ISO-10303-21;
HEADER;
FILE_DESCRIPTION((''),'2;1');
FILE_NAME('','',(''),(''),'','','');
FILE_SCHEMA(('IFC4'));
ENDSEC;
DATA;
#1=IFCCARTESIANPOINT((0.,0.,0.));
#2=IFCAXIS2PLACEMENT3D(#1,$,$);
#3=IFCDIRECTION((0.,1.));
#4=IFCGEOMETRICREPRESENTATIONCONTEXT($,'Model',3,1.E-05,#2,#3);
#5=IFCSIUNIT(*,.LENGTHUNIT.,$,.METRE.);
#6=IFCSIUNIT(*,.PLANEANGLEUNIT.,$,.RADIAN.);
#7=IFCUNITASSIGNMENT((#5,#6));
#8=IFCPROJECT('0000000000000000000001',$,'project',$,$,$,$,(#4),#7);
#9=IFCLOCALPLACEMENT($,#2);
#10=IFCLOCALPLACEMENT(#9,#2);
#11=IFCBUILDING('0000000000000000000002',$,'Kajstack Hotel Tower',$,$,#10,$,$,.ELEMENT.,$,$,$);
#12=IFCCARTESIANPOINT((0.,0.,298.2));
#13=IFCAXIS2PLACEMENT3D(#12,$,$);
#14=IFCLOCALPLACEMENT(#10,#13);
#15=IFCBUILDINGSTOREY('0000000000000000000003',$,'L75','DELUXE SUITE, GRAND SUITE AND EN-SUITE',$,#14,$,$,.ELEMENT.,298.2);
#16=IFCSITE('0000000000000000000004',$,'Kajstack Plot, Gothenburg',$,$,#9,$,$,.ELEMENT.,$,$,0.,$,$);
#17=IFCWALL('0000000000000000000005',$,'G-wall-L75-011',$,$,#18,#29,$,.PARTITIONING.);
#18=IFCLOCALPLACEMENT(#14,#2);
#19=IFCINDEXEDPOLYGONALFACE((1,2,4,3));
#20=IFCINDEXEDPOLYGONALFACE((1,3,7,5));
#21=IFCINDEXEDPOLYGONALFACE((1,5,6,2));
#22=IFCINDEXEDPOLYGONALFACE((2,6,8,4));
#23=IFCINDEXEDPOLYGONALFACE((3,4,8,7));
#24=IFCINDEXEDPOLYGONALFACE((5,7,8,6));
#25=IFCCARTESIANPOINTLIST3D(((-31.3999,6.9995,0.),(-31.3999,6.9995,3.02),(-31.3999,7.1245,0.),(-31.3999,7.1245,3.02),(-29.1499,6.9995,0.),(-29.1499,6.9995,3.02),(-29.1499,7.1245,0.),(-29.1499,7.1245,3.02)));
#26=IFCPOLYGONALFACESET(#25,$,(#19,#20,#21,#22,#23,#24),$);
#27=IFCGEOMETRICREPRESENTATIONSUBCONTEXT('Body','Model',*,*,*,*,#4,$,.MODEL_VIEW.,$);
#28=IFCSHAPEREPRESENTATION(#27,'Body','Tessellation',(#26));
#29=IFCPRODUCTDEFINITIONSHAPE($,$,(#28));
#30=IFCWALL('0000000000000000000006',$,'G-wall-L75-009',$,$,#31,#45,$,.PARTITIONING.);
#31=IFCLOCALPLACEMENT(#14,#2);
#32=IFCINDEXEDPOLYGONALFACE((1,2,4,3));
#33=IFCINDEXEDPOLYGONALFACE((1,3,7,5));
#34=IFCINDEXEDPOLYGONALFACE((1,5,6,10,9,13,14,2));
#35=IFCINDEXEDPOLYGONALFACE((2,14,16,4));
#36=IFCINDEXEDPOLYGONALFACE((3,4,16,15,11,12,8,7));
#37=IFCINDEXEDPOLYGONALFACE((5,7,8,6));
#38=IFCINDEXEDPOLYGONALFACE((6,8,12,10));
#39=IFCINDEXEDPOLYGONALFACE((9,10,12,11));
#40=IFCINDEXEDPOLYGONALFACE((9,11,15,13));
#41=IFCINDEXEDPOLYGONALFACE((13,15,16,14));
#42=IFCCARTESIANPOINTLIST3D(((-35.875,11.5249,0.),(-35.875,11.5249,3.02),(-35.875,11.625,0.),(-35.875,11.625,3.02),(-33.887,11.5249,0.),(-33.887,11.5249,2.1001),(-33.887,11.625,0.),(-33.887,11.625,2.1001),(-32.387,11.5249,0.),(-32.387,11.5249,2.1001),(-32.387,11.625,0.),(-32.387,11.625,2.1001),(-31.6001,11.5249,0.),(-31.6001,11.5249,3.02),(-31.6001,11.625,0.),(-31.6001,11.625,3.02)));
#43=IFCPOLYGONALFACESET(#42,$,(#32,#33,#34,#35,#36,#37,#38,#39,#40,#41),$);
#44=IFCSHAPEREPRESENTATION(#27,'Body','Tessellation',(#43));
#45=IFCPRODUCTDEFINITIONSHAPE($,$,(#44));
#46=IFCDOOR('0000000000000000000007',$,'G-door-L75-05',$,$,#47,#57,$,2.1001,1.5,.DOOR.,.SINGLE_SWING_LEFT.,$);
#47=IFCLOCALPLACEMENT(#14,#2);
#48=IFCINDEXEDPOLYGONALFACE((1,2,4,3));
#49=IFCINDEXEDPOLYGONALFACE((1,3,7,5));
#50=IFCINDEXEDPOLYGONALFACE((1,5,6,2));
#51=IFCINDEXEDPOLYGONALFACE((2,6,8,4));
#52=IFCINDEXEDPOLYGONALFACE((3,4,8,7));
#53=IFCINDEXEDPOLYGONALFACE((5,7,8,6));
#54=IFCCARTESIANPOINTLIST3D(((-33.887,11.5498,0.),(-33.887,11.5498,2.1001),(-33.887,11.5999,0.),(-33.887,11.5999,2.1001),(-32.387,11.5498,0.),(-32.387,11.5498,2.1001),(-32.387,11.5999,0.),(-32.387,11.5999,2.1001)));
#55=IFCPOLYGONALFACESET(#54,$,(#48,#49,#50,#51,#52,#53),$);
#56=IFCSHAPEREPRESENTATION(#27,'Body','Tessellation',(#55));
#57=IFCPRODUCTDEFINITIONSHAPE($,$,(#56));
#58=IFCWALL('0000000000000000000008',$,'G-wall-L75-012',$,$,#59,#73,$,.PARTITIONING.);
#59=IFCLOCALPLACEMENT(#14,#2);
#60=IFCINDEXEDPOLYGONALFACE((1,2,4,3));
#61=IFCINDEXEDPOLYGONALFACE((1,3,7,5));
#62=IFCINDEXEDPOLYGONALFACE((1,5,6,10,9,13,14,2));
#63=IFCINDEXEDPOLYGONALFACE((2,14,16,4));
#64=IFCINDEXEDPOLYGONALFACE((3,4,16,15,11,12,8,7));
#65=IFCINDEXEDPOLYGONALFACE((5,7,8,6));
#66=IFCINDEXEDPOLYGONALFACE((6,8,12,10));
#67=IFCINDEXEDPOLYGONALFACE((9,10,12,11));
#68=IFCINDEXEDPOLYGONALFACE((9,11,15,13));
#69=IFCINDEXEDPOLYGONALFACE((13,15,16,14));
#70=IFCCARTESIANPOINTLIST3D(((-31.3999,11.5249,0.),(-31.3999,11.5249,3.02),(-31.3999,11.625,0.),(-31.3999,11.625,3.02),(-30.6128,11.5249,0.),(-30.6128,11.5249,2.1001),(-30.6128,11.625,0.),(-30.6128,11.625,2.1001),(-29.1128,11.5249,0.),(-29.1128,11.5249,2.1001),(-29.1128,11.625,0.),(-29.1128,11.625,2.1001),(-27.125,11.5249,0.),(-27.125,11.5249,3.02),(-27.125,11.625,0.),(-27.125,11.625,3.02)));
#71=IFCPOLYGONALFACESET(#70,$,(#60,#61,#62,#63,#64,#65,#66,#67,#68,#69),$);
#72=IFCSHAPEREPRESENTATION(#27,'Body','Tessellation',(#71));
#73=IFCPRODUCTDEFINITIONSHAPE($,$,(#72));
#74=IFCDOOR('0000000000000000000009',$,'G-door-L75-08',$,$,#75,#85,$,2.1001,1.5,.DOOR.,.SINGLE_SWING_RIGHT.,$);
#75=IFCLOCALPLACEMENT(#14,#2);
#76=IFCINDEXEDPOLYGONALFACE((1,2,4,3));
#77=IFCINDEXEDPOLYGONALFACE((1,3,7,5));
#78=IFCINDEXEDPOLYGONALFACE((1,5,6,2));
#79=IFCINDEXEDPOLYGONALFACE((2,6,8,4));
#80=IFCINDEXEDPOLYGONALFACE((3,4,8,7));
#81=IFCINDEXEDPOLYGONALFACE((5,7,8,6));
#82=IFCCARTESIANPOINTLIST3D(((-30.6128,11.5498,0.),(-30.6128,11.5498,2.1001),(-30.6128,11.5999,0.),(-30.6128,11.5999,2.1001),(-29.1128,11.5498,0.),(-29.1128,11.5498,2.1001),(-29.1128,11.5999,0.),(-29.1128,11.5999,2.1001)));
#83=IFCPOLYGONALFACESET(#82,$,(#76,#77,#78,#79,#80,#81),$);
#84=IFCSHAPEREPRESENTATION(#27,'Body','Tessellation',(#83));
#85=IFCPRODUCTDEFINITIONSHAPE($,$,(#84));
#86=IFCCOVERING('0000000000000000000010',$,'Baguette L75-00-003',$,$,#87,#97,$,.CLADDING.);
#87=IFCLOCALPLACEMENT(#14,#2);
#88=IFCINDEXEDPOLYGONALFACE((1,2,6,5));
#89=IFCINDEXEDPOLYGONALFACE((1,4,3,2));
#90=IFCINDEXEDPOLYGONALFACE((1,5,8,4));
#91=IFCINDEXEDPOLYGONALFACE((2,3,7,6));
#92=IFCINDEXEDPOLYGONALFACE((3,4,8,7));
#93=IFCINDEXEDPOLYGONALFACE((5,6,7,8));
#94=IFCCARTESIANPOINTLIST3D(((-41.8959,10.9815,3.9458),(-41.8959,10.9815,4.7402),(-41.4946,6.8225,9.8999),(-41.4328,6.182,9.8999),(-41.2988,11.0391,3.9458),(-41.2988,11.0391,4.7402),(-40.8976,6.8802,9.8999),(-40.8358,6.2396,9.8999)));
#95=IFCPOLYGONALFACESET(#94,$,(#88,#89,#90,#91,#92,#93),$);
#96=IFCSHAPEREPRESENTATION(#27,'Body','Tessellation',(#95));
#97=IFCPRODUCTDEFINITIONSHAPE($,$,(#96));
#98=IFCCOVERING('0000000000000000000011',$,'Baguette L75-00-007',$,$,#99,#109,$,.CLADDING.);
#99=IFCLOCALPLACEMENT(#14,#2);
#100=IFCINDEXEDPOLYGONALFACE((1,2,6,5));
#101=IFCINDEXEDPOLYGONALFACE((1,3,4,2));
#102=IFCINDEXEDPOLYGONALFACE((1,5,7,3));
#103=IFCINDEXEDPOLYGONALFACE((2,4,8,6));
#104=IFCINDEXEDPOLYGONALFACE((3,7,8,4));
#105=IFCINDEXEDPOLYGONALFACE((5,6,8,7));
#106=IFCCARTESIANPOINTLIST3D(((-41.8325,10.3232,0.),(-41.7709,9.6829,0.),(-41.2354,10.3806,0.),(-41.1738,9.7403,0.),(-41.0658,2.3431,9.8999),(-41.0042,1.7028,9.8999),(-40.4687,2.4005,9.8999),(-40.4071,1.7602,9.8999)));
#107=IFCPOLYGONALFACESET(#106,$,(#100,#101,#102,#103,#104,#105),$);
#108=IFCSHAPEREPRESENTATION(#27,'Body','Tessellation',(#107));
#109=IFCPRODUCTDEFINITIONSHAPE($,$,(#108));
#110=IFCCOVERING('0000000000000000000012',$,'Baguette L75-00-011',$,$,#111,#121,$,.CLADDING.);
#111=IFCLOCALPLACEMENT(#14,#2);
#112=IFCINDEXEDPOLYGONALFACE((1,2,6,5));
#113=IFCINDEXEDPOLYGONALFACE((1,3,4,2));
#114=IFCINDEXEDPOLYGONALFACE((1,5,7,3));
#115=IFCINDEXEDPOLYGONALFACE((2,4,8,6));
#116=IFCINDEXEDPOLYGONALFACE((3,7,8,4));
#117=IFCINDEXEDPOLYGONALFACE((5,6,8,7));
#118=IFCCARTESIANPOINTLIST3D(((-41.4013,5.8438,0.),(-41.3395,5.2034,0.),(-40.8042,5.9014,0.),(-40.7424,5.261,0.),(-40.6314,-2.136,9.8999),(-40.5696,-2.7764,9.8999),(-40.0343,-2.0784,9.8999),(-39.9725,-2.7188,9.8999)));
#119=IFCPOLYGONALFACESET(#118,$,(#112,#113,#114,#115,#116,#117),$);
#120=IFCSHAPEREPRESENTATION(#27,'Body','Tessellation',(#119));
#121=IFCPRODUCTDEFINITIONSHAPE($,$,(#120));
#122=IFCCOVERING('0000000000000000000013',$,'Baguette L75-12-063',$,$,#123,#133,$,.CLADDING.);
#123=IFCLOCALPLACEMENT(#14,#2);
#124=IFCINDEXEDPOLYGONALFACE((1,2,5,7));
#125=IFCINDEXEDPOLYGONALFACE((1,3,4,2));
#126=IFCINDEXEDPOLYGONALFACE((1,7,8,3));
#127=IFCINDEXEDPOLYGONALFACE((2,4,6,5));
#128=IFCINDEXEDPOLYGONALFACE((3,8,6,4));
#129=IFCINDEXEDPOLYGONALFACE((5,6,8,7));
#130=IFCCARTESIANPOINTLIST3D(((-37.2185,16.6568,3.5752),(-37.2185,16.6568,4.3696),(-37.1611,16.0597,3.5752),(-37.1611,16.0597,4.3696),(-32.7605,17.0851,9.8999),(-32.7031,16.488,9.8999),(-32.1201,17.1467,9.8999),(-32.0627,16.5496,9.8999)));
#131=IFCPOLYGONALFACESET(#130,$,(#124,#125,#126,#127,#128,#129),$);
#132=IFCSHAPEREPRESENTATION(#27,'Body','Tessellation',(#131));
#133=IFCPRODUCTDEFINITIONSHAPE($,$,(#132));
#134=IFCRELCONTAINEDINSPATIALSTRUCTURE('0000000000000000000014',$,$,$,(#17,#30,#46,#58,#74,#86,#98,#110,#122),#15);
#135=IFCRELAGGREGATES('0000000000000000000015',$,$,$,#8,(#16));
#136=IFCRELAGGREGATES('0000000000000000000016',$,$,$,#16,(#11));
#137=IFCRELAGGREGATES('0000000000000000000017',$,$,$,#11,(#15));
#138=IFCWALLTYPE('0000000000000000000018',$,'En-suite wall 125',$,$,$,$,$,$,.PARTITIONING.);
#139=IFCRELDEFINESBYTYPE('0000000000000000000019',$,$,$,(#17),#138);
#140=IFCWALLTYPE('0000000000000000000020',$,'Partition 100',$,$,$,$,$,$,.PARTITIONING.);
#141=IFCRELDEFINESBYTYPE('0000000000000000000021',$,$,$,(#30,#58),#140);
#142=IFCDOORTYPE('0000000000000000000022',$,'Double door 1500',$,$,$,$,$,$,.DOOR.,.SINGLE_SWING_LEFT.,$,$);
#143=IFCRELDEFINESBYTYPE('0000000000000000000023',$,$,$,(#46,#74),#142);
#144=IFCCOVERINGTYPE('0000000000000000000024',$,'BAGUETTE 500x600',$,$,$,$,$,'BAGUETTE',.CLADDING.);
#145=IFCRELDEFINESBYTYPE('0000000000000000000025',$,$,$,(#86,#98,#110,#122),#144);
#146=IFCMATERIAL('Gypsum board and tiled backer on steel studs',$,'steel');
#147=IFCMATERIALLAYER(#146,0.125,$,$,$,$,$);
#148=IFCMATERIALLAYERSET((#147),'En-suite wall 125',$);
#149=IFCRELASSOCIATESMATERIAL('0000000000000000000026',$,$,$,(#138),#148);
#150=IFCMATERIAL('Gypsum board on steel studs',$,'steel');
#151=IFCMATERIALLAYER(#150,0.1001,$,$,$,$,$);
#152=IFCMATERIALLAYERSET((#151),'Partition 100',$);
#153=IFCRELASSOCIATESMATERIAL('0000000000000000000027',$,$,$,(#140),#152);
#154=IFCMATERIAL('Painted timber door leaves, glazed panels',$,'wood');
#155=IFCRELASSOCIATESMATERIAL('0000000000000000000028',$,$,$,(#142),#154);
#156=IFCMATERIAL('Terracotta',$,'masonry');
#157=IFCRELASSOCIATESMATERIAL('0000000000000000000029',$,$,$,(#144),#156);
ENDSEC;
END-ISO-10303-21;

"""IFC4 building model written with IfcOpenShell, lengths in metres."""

from ifc_helpers import new_model, si_unit, direction, frame, frame_2d, origin, origin_2d, place, context, subcontext, project, spatial, polyline, rectangle, outline, extrude, material, layer, layer_set, material_profile, profile_set, type_object, element, fill, save


model = new_model("IFC4")

# Units and contexts
model_context = context("Model", 3, precision=1e-05, world=origin(), true_north=direction((0.0, 1.0)))
body_context = subcontext(model_context, "Body", "Model", "MODEL_VIEW")
ifc_project = project(units=[si_unit("LENGTHUNIT", "METRE"), si_unit("PLANEANGLEUNIT", "RADIAN")], contexts=[model_context])

# Site, building, storey
site_placement = place(None, origin())
site = spatial("IfcSite", under=ifc_project, at=site_placement, Name="Kajstack Plot, Gothenburg", CompositionType="ELEMENT", RefElevation=0.0)
building_placement = place(site_placement, origin())
building = spatial("IfcBuilding", under=site, at=building_placement, Name="Kajstack Hotel Tower", CompositionType="ELEMENT")
storey_placement = place(building_placement, frame((0.0, 0.0, 298.2)))
storey = spatial("IfcBuildingStorey", under=building, at=storey_placement, Name="L75", Description="DELUXE SUITE, GRAND SUITE AND EN-SUITE", CompositionType="ELEMENT", Elevation=298.2)

# Wall
ifc_material_1 = material(Name="Gypsum board and tiled backer on steel studs", Category="steel")
ifc_layer_1 = layer(ifc_material_1, 0.125)
ifc_layer_set_1 = layer_set([ifc_layer_1], Name="En-suite wall 125")
wall_type_1 = type_object("IfcWallType", Name="En-suite wall 125", PredefinedType="PARTITIONING", material=ifc_layer_set_1)
for number, where, z_axis, x_axis, name in (
    (1, (-31.3999, 7.062, 0.0), (0.0, 0.0, 1.0), (1.0, 0.0, 0.0), "G-wall-L75-011"),
):
    element("IfcWall", number, at=place(storey_placement, frame(where, z_axis=z_axis, x_axis=x_axis)), inside=storey, type_object=wall_type_1, Name=name, PredefinedType="PARTITIONING", context=body_context, shape_type="SweptSolid", body=[
        extrude(rectangle(XDim=2.25, YDim=0.125, at=frame_2d((1.125, 0.0))), origin(), (0.0, 0.0, 1.0), 3.02),
    ])

# Walls, openings, doors
ifc_material_2 = material(Name="Gypsum board on steel studs", Category="steel")
ifc_layer_2 = layer(ifc_material_2, 0.1001)
ifc_layer_set_2 = layer_set([ifc_layer_2], Name="Partition 100")
wall_type_2 = type_object("IfcWallType", Name="Partition 100", PredefinedType="PARTITIONING", material=ifc_layer_set_2)
wall_1_placement = place(storey_placement, frame((-35.875, 11.575, 0.0), z_axis=(0.0, 0.0, 1.0), x_axis=(1.0, 0.0, 0.0)))
wall_1 = element("IfcWall", 2, at=wall_1_placement, inside=storey, type_object=wall_type_2, Name="G-wall-L75-009", PredefinedType="PARTITIONING", context=body_context, shape_type="SweptSolid", body=[
    extrude(rectangle(XDim=4.2749, YDim=0.1001, at=frame_2d((2.1375, 0.0))), origin(), (0.0, 0.0, 1.0), 3.02),
])
opening_1_placement = place(wall_1_placement, frame((1.988, 0.0, 0.0)))
opening_1 = element("IfcOpeningElement", 3, at=opening_1_placement, cuts=wall_1, PredefinedType="OPENING", context=body_context, shape_type="SweptSolid", body=[
    extrude(rectangle(XDim=1.5, YDim=2.1001, at=frame_2d((0.75, 1.05))), frame((0.0, 0.0601, 0.0), z_axis=(0.0, -1.0, 0.0), x_axis=(1.0, 0.0, 0.0)), (0.0, 0.0, 1.0), 0.1201),
])
ifc_material_3 = material(Name="Painted timber door leaves, glazed panels", Category="wood")
door_type = type_object("IfcDoorType", Name="Double door 1500", OperationType="SINGLE_SWING_LEFT", PredefinedType="DOOR", material=ifc_material_3)
door_1_placement = place(opening_1_placement, origin())
door_1 = element("IfcDoor", 4, at=door_1_placement, inside=storey, type_object=door_type, Name="G-door-L75-05", OperationType="SINGLE_SWING_LEFT", OverallHeight=2.1001, OverallWidth=1.5, PredefinedType="DOOR", context=body_context, shape_type="SweptSolid", body=[
    extrude(rectangle(XDim=1.5, YDim=2.1001, at=frame_2d((0.75, 1.05))), frame((0.0, 0.0249, 0.0), z_axis=(0.0, -1.0, 0.0), x_axis=(1.0, 0.0, 0.0)), (0.0, 0.0, 1.0), 0.05),
])
fill(opening_1, door_1)
wall_2_placement = place(storey_placement, frame((-31.3999, 11.575, 0.0), z_axis=(0.0, 0.0, 1.0), x_axis=(1.0, 0.0, 0.0)))
wall_2 = element("IfcWall", 5, at=wall_2_placement, inside=storey, type_object=wall_type_2, Name="G-wall-L75-012", PredefinedType="PARTITIONING", context=body_context, shape_type="SweptSolid", body=[
    extrude(rectangle(XDim=4.2749, YDim=0.1001, at=frame_2d((2.1375, 0.0))), origin(), (0.0, 0.0, 1.0), 3.02),
])
opening_2_placement = place(wall_2_placement, frame((0.7871, 0.0, 0.0)))
opening_2 = element("IfcOpeningElement", 6, at=opening_2_placement, cuts=wall_2, PredefinedType="OPENING", context=body_context, shape_type="SweptSolid", body=[
    extrude(rectangle(XDim=1.5, YDim=2.1001, at=frame_2d((0.75, 1.05))), frame((0.0, 0.0601, 0.0), z_axis=(0.0, -1.0, 0.0), x_axis=(1.0, 0.0, 0.0)), (0.0, 0.0, 1.0), 0.1201),
])
door_2_placement = place(opening_2_placement, origin())
door_2 = element("IfcDoor", 7, at=door_2_placement, inside=storey, type_object=door_type, Name="G-door-L75-08", OperationType="SINGLE_SWING_RIGHT", OverallHeight=2.1001, OverallWidth=1.5, PredefinedType="DOOR", context=body_context, shape_type="SweptSolid", body=[
    extrude(rectangle(XDim=1.5, YDim=2.1001, at=frame_2d((0.75, 1.05))), frame((0.0, 0.0249, 0.0), z_axis=(0.0, -1.0, 0.0), x_axis=(1.0, 0.0, 0.0)), (0.0, 0.0, 1.0), 0.05),
])
fill(opening_2, door_2)

# Coverings
ifc_material_4 = material(Name="Terracotta", Category="masonry")
ifc_material_profile = material_profile(ifc_material_4, rectangle(XDim=0.6001, YDim=0.5, at=origin_2d()), Name="Terracotta-clad concrete baguette 500 x 600")
ifc_profile_set = profile_set([ifc_material_profile], Name="Terracotta")
covering_type = type_object("IfcCoveringType", Name="BAGUETTE 500x600", ElementType="BAGUETTE", PredefinedType="CLADDING", material=ifc_profile_set)
covering_1_placement = place(storey_placement, frame((-41.2988, 11.0391, 0.0), z_axis=(-0.995378, -0.096038, 0.0), x_axis=(0.096038, -0.995378, 0.0)))
element("IfcCovering", 8, at=covering_1_placement, inside=storey, type_object=covering_type, Name="Baguette L75-00-003", PredefinedType="CLADDING", context=body_context, shape_type="SweptSolid", body=[
    extrude(outline(polyline([(4.1782, 9.8999), (0.0, 4.7402), (0.0, 3.9458), (4.8218, 9.8999), (4.1782, 9.8999)])), origin(), (0.0, 0.0, 1.0), 0.5999),
])
for number, where, z_axis, x_axis, name in (
    (9, (-41.2354, 10.3806, 0.0), (-0.995416, -0.095635, 0.0), (0.095635, -0.995416, 0.0), "Baguette L75-00-007"),
    (10, (-40.8042, 5.9014, 0.0), (-0.995378, -0.096038, 0.0), (0.096038, -0.995378, 0.0), "Baguette L75-00-011"),
):
    element("IfcCovering", number, at=place(storey_placement, frame(where, z_axis=z_axis, x_axis=x_axis)), inside=storey, type_object=covering_type, Name=name, PredefinedType="CLADDING", context=body_context, shape_type="SweptSolid", body=[
        extrude(outline(polyline([(8.0168, 9.8999), (0.0, 0.0), (0.6433, 0.0), (8.6602, 9.8999), (8.0168, 9.8999)])), origin(), (0.0, 0.0, 1.0), 0.5999),
    ])
covering_2_placement = place(storey_placement, frame((-32.0627, 16.5496, 0.0), z_axis=(-0.095635, 0.995416, 0.0), x_axis=(-0.995416, -0.095635, 0.0)))
element("IfcCovering", 11, at=covering_2_placement, inside=storey, type_object=covering_type, Name="Baguette L75-12-063", PredefinedType="CLADDING", context=body_context, shape_type="SweptSolid", body=[
    extrude(outline(polyline([(0.0, 9.8999), (5.1218, 3.5752), (5.1218, 4.3696), (0.6433, 9.8999), (0.0, 9.8999)])), origin(), (0.0, 0.0, 1.0), 0.5999),
])

save(model, "model.ifc")
